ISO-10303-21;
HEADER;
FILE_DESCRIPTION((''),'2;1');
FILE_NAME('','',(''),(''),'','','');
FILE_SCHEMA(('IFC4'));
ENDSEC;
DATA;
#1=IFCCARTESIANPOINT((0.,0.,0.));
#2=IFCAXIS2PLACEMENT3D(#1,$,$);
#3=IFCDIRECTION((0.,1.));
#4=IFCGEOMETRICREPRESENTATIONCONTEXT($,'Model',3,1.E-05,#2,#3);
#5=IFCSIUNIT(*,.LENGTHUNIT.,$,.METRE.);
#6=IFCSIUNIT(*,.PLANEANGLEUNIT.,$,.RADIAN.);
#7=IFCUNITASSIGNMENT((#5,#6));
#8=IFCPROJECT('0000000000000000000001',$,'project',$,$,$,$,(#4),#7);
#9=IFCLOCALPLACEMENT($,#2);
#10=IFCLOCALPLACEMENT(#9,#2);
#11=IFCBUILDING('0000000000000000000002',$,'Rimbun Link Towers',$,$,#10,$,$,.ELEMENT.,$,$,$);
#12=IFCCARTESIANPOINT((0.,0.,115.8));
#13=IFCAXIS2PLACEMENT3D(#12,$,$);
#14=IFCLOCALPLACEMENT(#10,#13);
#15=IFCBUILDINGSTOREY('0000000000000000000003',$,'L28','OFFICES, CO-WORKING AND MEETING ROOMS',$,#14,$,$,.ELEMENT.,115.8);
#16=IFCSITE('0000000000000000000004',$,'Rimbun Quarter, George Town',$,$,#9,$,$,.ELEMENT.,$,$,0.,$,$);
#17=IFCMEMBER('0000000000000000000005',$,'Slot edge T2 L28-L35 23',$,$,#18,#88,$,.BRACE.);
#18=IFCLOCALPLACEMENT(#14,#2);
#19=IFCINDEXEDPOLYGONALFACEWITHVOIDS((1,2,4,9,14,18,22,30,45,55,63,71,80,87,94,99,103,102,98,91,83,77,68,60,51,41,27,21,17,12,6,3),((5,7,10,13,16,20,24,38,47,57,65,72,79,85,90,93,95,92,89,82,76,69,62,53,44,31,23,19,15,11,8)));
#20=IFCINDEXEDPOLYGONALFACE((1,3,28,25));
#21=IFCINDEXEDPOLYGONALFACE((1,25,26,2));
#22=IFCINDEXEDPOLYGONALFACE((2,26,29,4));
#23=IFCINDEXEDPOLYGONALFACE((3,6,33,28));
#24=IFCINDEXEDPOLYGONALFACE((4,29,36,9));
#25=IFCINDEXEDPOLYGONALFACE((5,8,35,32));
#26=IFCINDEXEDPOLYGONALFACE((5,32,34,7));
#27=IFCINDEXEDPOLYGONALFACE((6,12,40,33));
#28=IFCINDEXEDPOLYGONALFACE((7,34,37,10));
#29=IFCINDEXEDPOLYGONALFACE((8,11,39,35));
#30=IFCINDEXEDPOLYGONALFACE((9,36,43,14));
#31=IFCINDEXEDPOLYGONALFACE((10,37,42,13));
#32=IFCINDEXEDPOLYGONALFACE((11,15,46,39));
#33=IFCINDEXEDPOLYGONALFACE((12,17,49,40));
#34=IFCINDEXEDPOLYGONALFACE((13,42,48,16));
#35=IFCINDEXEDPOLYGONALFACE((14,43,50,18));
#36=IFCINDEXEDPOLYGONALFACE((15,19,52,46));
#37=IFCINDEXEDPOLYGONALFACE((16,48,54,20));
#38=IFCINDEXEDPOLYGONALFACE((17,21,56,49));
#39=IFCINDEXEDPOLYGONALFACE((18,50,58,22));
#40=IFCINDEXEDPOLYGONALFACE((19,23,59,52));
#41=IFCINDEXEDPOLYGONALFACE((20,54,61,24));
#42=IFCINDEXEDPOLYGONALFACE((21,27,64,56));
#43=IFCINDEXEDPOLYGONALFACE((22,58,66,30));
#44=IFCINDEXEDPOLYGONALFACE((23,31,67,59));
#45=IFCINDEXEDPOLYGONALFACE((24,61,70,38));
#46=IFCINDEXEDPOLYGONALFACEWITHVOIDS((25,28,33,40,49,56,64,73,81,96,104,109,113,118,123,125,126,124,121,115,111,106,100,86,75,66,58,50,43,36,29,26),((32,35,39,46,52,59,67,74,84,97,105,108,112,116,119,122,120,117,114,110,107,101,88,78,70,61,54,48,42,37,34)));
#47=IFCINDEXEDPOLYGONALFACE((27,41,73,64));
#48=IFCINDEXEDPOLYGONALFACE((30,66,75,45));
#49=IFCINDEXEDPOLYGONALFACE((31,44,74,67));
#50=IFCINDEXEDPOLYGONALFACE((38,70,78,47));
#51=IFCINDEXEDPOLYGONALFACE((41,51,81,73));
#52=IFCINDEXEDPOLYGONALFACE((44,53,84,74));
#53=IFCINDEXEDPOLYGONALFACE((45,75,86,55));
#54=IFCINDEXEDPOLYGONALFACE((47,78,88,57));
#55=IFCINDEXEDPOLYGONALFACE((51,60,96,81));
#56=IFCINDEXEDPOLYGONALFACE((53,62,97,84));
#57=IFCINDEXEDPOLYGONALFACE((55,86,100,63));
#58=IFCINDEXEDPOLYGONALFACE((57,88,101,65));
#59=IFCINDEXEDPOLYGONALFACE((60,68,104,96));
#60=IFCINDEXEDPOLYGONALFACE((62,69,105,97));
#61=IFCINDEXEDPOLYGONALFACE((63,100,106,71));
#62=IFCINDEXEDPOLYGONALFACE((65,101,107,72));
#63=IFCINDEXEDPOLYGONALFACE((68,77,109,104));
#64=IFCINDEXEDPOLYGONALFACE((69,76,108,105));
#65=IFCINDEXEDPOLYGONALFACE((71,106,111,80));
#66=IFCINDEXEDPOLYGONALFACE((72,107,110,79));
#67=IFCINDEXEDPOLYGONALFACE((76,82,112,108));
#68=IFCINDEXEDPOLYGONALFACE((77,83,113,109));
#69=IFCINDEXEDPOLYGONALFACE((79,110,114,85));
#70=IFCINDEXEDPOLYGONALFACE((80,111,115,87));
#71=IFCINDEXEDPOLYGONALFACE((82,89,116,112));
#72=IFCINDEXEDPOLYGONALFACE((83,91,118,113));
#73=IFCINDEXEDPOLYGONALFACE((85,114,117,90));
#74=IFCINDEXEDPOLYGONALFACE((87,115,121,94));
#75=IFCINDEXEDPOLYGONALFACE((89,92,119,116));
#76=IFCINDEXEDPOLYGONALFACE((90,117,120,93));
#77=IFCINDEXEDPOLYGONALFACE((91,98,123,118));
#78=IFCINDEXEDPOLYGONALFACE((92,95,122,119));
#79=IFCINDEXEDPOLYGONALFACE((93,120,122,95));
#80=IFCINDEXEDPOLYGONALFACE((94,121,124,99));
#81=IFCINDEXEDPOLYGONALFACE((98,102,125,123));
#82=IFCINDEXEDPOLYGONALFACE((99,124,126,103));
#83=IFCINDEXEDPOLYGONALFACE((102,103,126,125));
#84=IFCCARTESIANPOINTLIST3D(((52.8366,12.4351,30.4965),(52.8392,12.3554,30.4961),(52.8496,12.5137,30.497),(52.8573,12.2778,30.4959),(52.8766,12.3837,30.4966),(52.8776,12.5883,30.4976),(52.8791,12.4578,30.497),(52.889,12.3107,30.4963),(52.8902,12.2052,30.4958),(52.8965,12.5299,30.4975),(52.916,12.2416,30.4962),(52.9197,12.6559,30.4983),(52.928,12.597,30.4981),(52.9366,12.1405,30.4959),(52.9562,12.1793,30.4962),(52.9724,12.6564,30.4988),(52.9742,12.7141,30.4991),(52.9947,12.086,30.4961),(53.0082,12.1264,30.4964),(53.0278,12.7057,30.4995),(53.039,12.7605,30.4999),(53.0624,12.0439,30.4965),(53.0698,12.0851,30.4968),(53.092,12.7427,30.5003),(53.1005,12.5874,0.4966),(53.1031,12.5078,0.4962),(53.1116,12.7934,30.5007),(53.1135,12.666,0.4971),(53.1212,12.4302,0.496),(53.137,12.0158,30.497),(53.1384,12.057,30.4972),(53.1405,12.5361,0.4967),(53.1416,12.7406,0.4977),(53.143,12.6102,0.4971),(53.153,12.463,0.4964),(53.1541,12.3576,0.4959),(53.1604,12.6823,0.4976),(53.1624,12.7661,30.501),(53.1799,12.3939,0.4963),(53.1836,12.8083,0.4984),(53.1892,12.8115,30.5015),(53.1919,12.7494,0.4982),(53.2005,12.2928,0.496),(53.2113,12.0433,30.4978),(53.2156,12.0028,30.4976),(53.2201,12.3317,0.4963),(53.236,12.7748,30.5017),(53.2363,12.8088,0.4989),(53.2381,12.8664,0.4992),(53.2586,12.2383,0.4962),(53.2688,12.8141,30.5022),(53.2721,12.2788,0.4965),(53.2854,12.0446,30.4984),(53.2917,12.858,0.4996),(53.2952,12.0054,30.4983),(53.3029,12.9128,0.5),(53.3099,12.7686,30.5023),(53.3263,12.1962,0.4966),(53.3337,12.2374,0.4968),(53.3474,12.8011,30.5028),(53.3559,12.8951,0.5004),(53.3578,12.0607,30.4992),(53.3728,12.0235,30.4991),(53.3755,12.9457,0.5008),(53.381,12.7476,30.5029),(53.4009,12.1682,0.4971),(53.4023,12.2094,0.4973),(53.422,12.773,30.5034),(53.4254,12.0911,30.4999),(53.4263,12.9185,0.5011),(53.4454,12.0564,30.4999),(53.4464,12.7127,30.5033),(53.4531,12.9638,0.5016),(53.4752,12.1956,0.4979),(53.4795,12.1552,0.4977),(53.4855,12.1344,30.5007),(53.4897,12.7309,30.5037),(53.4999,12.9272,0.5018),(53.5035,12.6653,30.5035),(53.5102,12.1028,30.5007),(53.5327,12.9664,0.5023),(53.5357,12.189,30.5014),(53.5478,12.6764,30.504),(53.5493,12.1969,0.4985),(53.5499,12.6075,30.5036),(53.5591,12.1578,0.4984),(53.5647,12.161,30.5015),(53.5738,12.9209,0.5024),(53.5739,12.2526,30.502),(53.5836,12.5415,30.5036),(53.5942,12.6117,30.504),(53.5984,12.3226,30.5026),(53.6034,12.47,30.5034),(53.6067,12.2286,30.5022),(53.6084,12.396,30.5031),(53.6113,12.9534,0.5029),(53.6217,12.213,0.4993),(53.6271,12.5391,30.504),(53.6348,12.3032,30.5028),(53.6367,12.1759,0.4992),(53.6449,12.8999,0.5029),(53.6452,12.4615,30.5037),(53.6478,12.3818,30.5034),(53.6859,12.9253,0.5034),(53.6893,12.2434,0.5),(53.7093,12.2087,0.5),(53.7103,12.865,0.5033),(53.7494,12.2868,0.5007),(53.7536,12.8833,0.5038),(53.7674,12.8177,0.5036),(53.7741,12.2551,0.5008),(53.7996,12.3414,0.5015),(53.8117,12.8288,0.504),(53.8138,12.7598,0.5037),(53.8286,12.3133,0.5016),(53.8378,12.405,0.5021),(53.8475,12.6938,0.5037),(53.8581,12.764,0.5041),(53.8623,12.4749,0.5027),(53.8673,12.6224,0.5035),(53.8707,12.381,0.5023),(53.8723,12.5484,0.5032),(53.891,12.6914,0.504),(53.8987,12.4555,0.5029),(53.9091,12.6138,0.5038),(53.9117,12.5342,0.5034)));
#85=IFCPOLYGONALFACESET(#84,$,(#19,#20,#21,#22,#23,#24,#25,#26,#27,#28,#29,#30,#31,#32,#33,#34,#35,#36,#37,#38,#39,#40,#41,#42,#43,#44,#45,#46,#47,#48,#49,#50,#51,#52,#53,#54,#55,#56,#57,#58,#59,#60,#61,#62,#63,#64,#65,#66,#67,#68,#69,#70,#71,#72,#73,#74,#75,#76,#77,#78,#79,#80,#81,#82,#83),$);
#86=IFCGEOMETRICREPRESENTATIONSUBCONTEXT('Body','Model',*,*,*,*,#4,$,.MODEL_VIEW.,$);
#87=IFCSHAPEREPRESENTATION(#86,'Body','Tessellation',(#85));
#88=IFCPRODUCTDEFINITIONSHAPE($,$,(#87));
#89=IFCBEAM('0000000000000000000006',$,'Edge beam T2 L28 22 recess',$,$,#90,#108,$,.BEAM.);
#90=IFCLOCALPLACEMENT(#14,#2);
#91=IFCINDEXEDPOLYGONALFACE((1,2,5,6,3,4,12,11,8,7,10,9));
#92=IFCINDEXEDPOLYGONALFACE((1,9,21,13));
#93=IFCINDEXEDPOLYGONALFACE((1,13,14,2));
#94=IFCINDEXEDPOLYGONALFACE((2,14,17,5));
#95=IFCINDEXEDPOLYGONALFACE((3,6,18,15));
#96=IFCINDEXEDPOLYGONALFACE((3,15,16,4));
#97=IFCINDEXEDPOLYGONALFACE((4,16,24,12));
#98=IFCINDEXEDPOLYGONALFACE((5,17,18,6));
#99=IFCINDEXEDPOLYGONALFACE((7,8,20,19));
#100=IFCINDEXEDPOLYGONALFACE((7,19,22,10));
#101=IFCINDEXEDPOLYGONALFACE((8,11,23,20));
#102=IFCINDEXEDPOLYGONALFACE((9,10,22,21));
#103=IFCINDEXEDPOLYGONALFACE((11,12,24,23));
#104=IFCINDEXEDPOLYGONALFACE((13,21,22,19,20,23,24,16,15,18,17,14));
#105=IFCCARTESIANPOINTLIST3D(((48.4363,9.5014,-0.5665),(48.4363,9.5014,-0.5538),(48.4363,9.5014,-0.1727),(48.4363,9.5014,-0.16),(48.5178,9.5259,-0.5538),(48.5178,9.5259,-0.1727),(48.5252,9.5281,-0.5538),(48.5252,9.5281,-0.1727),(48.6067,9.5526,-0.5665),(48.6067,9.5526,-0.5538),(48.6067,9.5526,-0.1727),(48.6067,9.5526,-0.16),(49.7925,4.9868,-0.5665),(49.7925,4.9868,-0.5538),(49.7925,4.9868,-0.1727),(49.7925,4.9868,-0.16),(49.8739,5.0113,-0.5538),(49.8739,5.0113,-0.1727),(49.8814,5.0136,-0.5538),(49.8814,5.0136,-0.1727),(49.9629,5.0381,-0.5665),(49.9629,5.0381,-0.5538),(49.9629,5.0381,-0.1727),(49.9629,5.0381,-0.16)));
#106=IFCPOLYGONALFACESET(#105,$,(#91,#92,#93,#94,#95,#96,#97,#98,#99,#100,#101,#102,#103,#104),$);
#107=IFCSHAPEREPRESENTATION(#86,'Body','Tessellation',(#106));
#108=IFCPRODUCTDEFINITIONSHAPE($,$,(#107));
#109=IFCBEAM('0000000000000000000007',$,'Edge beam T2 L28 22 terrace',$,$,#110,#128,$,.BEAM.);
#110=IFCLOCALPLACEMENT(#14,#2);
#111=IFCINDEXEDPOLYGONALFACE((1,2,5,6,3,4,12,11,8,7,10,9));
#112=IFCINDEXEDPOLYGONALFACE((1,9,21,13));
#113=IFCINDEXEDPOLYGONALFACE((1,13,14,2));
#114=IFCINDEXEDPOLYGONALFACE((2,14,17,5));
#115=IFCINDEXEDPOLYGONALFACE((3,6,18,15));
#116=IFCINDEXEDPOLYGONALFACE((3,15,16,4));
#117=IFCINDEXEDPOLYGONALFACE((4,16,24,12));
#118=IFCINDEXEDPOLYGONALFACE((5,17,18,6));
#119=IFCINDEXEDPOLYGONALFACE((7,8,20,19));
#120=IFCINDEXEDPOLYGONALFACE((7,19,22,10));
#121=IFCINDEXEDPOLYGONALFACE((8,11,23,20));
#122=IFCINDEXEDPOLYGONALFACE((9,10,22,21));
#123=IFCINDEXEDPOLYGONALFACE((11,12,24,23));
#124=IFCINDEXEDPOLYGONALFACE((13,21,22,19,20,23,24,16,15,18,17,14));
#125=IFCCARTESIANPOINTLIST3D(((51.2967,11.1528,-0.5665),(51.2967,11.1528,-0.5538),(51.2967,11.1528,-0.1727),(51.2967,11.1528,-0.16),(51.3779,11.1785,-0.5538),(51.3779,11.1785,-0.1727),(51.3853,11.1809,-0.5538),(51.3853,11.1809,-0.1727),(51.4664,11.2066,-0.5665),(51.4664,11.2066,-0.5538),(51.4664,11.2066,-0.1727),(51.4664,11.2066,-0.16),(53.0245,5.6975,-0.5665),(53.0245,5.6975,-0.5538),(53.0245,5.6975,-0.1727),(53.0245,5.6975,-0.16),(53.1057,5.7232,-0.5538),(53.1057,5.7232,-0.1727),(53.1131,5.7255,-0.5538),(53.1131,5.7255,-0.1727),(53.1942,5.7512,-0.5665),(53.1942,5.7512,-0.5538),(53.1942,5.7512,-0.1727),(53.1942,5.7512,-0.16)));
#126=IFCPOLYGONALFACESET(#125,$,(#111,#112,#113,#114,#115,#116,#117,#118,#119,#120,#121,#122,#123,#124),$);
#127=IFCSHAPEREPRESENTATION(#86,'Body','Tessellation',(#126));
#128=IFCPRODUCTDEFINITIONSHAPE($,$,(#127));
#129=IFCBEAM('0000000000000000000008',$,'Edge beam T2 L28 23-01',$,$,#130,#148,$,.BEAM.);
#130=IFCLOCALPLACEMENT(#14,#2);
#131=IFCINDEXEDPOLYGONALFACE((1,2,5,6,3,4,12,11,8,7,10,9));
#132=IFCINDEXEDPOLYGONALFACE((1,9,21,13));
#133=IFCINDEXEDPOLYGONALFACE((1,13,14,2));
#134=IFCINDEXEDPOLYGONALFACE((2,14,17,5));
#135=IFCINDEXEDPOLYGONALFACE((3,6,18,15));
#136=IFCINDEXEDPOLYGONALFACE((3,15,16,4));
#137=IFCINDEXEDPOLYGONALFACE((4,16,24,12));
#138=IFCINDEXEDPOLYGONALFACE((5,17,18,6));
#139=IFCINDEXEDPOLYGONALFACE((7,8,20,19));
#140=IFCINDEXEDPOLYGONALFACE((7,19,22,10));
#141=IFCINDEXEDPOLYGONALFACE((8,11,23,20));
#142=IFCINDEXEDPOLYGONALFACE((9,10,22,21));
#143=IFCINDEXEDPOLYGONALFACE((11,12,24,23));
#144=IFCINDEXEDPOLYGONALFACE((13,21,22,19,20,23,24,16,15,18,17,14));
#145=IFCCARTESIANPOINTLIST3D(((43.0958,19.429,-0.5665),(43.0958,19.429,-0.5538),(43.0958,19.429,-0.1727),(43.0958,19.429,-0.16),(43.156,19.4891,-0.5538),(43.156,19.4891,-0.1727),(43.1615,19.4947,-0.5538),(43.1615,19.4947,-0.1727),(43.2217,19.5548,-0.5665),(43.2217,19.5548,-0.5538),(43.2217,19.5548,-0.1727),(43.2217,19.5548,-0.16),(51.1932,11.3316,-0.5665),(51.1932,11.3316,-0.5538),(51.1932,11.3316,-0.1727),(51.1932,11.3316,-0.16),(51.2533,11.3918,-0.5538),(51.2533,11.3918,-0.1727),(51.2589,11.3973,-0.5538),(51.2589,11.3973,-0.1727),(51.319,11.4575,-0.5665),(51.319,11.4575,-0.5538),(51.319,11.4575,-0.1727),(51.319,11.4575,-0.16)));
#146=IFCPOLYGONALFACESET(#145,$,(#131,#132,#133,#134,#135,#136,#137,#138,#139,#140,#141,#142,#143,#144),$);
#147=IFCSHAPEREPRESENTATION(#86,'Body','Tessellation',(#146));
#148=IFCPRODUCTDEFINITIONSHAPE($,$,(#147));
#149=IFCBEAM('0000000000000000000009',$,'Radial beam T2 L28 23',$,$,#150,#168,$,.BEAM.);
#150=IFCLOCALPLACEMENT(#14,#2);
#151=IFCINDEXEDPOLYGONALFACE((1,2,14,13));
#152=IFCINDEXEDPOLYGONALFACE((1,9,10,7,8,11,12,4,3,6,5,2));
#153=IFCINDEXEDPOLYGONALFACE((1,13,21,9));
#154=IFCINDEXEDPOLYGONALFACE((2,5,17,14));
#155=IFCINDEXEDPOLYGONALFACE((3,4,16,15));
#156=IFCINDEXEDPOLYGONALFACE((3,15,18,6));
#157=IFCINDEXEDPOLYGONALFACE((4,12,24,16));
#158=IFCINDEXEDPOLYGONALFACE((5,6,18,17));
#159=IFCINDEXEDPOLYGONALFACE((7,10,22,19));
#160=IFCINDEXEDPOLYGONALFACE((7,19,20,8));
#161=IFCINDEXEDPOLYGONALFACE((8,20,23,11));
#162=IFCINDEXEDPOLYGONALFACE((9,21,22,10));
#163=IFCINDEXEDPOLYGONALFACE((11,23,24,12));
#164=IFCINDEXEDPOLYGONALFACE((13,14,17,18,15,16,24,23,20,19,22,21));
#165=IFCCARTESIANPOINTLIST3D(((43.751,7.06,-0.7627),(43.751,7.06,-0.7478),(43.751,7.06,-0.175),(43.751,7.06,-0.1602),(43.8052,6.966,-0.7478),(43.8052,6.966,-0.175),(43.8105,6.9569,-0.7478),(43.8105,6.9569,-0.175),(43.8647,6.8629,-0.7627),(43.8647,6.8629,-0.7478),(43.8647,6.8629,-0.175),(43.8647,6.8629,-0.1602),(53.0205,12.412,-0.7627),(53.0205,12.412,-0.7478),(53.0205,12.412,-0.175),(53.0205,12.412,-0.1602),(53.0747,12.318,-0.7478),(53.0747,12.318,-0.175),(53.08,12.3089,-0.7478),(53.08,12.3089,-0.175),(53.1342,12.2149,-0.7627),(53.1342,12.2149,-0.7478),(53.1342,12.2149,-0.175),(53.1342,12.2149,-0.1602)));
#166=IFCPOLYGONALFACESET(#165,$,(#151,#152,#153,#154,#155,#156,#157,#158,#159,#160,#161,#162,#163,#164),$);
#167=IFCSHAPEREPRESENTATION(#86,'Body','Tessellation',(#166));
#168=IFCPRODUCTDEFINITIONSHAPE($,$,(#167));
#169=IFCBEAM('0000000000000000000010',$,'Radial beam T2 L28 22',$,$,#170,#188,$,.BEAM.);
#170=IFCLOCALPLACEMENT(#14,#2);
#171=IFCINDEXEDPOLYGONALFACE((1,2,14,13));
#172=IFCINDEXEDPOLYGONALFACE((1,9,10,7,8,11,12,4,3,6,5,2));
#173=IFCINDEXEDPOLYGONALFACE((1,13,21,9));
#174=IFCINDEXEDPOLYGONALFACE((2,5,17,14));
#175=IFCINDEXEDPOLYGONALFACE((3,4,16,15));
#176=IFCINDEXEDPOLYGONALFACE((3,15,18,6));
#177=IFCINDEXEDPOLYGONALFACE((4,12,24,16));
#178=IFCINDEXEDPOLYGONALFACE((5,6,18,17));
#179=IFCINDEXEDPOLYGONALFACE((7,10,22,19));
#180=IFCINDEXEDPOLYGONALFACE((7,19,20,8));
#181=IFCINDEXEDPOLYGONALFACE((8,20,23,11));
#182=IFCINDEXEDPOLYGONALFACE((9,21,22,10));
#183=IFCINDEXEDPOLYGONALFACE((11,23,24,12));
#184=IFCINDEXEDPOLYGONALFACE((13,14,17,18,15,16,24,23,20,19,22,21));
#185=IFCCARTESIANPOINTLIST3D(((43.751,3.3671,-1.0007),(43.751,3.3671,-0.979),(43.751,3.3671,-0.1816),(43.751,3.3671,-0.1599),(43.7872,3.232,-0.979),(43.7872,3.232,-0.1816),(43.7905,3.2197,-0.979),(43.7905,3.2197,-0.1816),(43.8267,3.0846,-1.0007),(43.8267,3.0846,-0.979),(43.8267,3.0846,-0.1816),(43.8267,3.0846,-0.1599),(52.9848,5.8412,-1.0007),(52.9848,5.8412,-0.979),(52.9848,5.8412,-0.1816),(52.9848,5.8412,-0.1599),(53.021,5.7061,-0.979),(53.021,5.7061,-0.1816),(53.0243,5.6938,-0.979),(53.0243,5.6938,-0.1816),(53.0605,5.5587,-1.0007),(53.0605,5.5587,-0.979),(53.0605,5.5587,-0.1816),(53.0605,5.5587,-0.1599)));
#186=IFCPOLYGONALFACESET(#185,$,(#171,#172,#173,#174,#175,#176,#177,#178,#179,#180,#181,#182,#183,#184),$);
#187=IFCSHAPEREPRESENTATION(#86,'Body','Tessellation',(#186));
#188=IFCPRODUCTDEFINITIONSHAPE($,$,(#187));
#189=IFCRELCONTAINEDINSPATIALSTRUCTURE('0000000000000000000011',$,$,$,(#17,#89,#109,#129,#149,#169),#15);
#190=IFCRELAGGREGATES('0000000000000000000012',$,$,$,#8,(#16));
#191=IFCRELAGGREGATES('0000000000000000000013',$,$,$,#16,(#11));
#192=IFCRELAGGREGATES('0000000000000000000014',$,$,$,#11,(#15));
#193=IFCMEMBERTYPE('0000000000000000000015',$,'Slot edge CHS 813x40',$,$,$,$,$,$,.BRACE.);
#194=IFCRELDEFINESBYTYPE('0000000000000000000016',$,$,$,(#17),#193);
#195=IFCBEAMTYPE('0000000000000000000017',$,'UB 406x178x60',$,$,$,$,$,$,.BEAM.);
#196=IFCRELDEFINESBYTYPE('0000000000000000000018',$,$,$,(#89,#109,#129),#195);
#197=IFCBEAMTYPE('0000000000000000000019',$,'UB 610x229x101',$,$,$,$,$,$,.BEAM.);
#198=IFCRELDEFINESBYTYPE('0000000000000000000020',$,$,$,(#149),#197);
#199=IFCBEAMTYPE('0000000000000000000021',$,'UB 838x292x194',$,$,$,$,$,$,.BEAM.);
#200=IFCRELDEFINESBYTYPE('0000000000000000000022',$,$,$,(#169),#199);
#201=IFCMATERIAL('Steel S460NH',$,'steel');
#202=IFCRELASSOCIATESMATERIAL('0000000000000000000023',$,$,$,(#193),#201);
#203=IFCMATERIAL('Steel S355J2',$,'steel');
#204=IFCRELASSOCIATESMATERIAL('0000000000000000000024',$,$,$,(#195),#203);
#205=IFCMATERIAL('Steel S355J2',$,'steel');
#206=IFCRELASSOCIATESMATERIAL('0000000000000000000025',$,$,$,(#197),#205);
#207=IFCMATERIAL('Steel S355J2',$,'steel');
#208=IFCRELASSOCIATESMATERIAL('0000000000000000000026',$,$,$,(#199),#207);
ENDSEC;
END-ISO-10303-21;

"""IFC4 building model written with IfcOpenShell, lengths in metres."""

from ifc_helpers import new_model, si_unit, direction, frame, origin, origin_2d, place, context, subcontext, project, spatial, hollow_circle, i_section, extrude, material, material_profile, profile_set, type_object, element, save


model = new_model("IFC4")

# Units and contexts
model_context = context("Model", 3, precision=1e-05, world=origin(), true_north=direction((0.0, 1.0)))
body_context = subcontext(model_context, "Body", "Model", "MODEL_VIEW")
ifc_project = project(units=[si_unit("LENGTHUNIT", "METRE"), si_unit("PLANEANGLEUNIT", "RADIAN")], contexts=[model_context])

# Site, building, storey
site_placement = place(None, origin())
site = spatial("IfcSite", under=ifc_project, at=site_placement, Name="Rimbun Quarter, George Town", CompositionType="ELEMENT", RefElevation=0.0)
building_placement = place(site_placement, origin())
building = spatial("IfcBuilding", under=site, at=building_placement, Name="Rimbun Link Towers", CompositionType="ELEMENT")
storey_placement = place(building_placement, frame((0.0, 0.0, 115.8)))
storey = spatial("IfcBuildingStorey", under=building, at=storey_placement, Name="L28", Description="OFFICES, CO-WORKING AND MEETING ROOMS", CompositionType="ELEMENT", Elevation=115.8)

# Member
ifc_material_1 = material(Name="Steel S460NH", Category="steel")
ifc_material_profile_1 = material_profile(ifc_material_1, hollow_circle(Radius=0.4065, WallThickness=0.04, at=origin_2d()), Name="Slot edge CHS 813x40")
ifc_profile_set_1 = profile_set([ifc_material_profile_1], Name="Steel S460NH")
member_type_1 = type_object("IfcMemberType", Name="Slot edge CHS 813x40", PredefinedType="BRACE", material=ifc_profile_set_1)
member_1_placement = place(storey_placement, frame((53.5061, 12.5608, 0.5), z_axis=(-0.008797, -0.005078, 0.999948), x_axis=(0.499931, -0.866066, 0.0)))
element("IfcMember", 1, at=member_1_placement, inside=storey, type_object=member_type_1, Name="Slot edge T2 L28-L35 23", PredefinedType="BRACE", context=body_context, shape_type="SweptSolid", body=[
    extrude(hollow_circle(Radius=0.4065, WallThickness=0.04, at=origin_2d()), origin(), (0.0, 0.0, 1.0), 30.0015),
])

# Beams
ifc_material_2 = material(Name="Steel S355J2", Category="steel")
ifc_material_profile_2 = material_profile(ifc_material_2, i_section(OverallWidth=0.178, OverallDepth=0.4065, WebThickness=0.0078, FlangeThickness=0.0127, at=origin_2d()), Name="UB 406x178x60")
ifc_profile_set_2 = profile_set([ifc_material_profile_2], Name="Steel S355J2")
beam_type_1 = type_object("IfcBeamType", Name="UB 406x178x60", PredefinedType="BEAM", material=ifc_profile_set_2)
beam_1_placement = place(storey_placement, frame((49.8777, 5.0125, -0.3633), z_axis=(-0.287699, 0.957721, 0.0), x_axis=(-0.957721, -0.287699, 0.0)))
element("IfcBeam", 2, at=beam_1_placement, inside=storey, type_object=beam_type_1, Name="Edge beam T2 L28 22 recess", PredefinedType="BEAM", context=body_context, shape_type="SweptSolid", body=[
    extrude(i_section(OverallWidth=0.178, OverallDepth=0.4065, WebThickness=0.0078, FlangeThickness=0.0127, at=origin_2d()), origin(), (0.0, 0.0, 1.0), 4.7139),
])
beam_2_placement = place(storey_placement, frame((53.1094, 5.7244, -0.3633), z_axis=(-0.301934, 0.953329, 0.0), x_axis=(-0.953329, -0.301934, 0.0)))
element("IfcBeam", 3, at=beam_2_placement, inside=storey, type_object=beam_type_1, Name="Edge beam T2 L28 22 terrace", PredefinedType="BEAM", context=body_context, shape_type="SweptSolid", body=[
    extrude(i_section(OverallWidth=0.178, OverallDepth=0.4065, WebThickness=0.0078, FlangeThickness=0.0127, at=origin_2d()), origin(), (0.0, 0.0, 1.0), 5.7224),
])
beam_3_placement = place(storey_placement, frame((51.2561, 11.3945, -0.3633), z_axis=(-0.707107, 0.707107, 0.0), x_axis=(-0.707107, -0.707107, 0.0)))
element("IfcBeam", 4, at=beam_3_placement, inside=storey, type_object=beam_type_1, Name="Edge beam T2 L28 23-01", PredefinedType="BEAM", context=body_context, shape_type="SweptSolid", body=[
    extrude(i_section(OverallWidth=0.178, OverallDepth=0.4065, WebThickness=0.0078, FlangeThickness=0.0127, at=origin_2d()), origin(), (0.0, 0.0, 1.0), 11.4514),
])
ifc_material_3 = material(Name="Steel S355J2", Category="steel")
ifc_material_profile_3 = material_profile(ifc_material_3, i_section(OverallWidth=0.2275, OverallDepth=0.6025, WebThickness=0.0105, FlangeThickness=0.0149, at=origin_2d()), Name="UB 610x229x101")
ifc_profile_set_3 = profile_set([ifc_material_profile_3], Name="Steel S355J2")
beam_type_2 = type_object("IfcBeamType", Name="UB 610x229x101", PredefinedType="BEAM", material=ifc_profile_set_3)
beam_4_placement = place(storey_placement, frame((43.8079, 6.9614, -0.4614), z_axis=(0.866014, 0.50002, 0.0), x_axis=(-0.50002, 0.866014, 0.0)))
element("IfcBeam", 5, at=beam_4_placement, inside=storey, type_object=beam_type_2, Name="Radial beam T2 L28 23", PredefinedType="BEAM", context=body_context, shape_type="SweptSolid", body=[
    extrude(i_section(OverallWidth=0.2275, OverallDepth=0.6025, WebThickness=0.0105, FlangeThickness=0.0149, at=origin_2d()), origin(), (0.0, 0.0, 1.0), 10.7036),
])
ifc_material_4 = material(Name="Steel S355J2", Category="steel")
ifc_material_profile_4 = material_profile(ifc_material_4, i_section(OverallWidth=0.2925, OverallDepth=0.8408, WebThickness=0.0127, FlangeThickness=0.0217, at=origin_2d()), Name="UB 838x292x194")
ifc_profile_set_4 = profile_set([ifc_material_profile_4], Name="Steel S355J2")
beam_type_3 = type_object("IfcBeamType", Name="UB 838x292x194", PredefinedType="BEAM", material=ifc_profile_set_4)
beam_5_placement = place(storey_placement, frame((43.7888, 3.2258, -0.5803), z_axis=(0.965928, 0.25881, 0.0), x_axis=(-0.25881, 0.965928, 0.0)))
element("IfcBeam", 6, at=beam_5_placement, inside=storey, type_object=beam_type_3, Name="Radial beam T2 L28 22", PredefinedType="BEAM", context=body_context, shape_type="SweptSolid", body=[
    extrude(i_section(OverallWidth=0.2925, OverallDepth=0.8408, WebThickness=0.0127, FlangeThickness=0.0217, at=origin_2d()), origin(), (0.0, 0.0, 1.0), 9.5596),
])

save(model, "model.ifc")
